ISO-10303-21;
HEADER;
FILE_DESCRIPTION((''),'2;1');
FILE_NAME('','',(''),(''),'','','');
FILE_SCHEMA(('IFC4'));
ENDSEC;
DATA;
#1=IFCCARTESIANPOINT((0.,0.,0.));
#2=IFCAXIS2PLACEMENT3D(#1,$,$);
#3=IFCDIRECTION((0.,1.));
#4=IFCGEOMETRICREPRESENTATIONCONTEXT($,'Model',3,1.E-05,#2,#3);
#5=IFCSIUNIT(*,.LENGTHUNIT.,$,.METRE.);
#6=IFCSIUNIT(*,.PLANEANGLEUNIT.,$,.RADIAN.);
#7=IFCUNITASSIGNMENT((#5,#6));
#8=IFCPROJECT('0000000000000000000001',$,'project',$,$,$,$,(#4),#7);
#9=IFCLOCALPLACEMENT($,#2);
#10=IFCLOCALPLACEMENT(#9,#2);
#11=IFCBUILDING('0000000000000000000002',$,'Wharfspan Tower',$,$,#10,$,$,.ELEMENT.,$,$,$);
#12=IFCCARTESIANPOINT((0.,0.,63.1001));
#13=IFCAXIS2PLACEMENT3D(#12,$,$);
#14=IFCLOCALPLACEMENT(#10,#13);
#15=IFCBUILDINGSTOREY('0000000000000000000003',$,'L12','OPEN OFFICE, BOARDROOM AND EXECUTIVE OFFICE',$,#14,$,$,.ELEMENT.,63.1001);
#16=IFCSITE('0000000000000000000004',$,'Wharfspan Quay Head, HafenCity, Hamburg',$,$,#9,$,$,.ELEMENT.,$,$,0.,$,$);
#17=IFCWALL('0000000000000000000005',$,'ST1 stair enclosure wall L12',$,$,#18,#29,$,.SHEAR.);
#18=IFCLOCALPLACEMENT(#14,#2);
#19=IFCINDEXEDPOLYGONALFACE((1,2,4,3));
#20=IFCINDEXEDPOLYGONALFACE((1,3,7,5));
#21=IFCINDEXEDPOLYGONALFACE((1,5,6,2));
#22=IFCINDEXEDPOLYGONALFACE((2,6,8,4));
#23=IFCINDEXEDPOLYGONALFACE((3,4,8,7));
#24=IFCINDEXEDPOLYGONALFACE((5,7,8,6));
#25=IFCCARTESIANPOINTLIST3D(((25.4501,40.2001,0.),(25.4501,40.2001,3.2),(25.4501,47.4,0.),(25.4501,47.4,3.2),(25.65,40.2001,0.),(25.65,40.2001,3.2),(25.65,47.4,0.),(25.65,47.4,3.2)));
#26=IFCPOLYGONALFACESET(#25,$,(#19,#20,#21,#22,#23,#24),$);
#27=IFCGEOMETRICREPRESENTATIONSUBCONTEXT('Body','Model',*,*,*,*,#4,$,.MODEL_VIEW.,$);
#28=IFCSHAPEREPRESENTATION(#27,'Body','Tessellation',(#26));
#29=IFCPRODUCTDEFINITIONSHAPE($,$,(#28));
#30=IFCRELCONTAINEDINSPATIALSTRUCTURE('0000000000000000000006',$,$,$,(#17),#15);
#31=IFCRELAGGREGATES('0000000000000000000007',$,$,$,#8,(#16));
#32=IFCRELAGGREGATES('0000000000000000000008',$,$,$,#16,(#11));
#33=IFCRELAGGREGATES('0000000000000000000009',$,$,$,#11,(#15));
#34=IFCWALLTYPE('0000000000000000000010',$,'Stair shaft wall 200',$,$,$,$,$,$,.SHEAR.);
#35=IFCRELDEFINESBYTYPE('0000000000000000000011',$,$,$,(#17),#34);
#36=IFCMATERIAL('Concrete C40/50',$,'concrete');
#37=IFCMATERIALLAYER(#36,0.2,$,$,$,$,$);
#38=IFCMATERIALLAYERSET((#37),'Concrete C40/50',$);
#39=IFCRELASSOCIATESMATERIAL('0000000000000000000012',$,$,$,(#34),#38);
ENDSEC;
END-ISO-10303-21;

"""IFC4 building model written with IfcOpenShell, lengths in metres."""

from ifc_helpers import new_model, si_unit, direction, frame, frame_2d, origin, place, context, subcontext, project, spatial, rectangle, extrude, material, layer, layer_set, type_object, element, save


model = new_model("IFC4")

# Units and contexts
model_context = context("Model", 3, precision=1e-05, world=origin(), true_north=direction((0.0, 1.0)))
body_context = subcontext(model_context, "Body", "Model", "MODEL_VIEW")
ifc_project = project(units=[si_unit("LENGTHUNIT", "METRE"), si_unit("PLANEANGLEUNIT", "RADIAN")], contexts=[model_context])

# Site, building, storey
site_placement = place(None, origin())
site = spatial("IfcSite", under=ifc_project, at=site_placement, Name="Wharfspan Quay Head, HafenCity, Hamburg", CompositionType="ELEMENT", RefElevation=0.0)
building_placement = place(site_placement, origin())
building = spatial("IfcBuilding", under=site, at=building_placement, Name="Wharfspan Tower", CompositionType="ELEMENT")
storey_placement = place(building_placement, frame((0.0, 0.0, 63.1001)))
storey = spatial("IfcBuildingStorey", under=building, at=storey_placement, Name="L12", Description="OPEN OFFICE, BOARDROOM AND EXECUTIVE OFFICE", CompositionType="ELEMENT", Elevation=63.1001)

# Shared definitions
ifc_material_1 = material(Name="Concrete C40/50", Category="concrete")
ifc_layer_1 = layer(ifc_material_1, 0.2)
ifc_layer_set_1 = layer_set([ifc_layer_1], Name="Concrete C40/50")
wall_type_1 = type_object("IfcWallType", Name="Stair shaft wall 200", PredefinedType="SHEAR", material=ifc_layer_set_1)

# Wall
wall_1_placement = place(storey_placement, frame((25.55, 40.2, 0.0), z_axis=(0.0, 0.0, 1.0), x_axis=(0.0, 1.0, 0.0)))
element("IfcWall", 1, at=wall_1_placement, inside=storey, type_object=wall_type_1, Name="ST1 stair enclosure wall L12", PredefinedType="SHEAR", context=body_context, shape_type="SweptSolid", body=[
    extrude(rectangle(XDim=7.2, YDim=0.2, at=frame_2d((3.6001, 0.0))), origin(), (0.0, 0.0, 1.0), 3.2),
])

save(model, "model.ifc")
